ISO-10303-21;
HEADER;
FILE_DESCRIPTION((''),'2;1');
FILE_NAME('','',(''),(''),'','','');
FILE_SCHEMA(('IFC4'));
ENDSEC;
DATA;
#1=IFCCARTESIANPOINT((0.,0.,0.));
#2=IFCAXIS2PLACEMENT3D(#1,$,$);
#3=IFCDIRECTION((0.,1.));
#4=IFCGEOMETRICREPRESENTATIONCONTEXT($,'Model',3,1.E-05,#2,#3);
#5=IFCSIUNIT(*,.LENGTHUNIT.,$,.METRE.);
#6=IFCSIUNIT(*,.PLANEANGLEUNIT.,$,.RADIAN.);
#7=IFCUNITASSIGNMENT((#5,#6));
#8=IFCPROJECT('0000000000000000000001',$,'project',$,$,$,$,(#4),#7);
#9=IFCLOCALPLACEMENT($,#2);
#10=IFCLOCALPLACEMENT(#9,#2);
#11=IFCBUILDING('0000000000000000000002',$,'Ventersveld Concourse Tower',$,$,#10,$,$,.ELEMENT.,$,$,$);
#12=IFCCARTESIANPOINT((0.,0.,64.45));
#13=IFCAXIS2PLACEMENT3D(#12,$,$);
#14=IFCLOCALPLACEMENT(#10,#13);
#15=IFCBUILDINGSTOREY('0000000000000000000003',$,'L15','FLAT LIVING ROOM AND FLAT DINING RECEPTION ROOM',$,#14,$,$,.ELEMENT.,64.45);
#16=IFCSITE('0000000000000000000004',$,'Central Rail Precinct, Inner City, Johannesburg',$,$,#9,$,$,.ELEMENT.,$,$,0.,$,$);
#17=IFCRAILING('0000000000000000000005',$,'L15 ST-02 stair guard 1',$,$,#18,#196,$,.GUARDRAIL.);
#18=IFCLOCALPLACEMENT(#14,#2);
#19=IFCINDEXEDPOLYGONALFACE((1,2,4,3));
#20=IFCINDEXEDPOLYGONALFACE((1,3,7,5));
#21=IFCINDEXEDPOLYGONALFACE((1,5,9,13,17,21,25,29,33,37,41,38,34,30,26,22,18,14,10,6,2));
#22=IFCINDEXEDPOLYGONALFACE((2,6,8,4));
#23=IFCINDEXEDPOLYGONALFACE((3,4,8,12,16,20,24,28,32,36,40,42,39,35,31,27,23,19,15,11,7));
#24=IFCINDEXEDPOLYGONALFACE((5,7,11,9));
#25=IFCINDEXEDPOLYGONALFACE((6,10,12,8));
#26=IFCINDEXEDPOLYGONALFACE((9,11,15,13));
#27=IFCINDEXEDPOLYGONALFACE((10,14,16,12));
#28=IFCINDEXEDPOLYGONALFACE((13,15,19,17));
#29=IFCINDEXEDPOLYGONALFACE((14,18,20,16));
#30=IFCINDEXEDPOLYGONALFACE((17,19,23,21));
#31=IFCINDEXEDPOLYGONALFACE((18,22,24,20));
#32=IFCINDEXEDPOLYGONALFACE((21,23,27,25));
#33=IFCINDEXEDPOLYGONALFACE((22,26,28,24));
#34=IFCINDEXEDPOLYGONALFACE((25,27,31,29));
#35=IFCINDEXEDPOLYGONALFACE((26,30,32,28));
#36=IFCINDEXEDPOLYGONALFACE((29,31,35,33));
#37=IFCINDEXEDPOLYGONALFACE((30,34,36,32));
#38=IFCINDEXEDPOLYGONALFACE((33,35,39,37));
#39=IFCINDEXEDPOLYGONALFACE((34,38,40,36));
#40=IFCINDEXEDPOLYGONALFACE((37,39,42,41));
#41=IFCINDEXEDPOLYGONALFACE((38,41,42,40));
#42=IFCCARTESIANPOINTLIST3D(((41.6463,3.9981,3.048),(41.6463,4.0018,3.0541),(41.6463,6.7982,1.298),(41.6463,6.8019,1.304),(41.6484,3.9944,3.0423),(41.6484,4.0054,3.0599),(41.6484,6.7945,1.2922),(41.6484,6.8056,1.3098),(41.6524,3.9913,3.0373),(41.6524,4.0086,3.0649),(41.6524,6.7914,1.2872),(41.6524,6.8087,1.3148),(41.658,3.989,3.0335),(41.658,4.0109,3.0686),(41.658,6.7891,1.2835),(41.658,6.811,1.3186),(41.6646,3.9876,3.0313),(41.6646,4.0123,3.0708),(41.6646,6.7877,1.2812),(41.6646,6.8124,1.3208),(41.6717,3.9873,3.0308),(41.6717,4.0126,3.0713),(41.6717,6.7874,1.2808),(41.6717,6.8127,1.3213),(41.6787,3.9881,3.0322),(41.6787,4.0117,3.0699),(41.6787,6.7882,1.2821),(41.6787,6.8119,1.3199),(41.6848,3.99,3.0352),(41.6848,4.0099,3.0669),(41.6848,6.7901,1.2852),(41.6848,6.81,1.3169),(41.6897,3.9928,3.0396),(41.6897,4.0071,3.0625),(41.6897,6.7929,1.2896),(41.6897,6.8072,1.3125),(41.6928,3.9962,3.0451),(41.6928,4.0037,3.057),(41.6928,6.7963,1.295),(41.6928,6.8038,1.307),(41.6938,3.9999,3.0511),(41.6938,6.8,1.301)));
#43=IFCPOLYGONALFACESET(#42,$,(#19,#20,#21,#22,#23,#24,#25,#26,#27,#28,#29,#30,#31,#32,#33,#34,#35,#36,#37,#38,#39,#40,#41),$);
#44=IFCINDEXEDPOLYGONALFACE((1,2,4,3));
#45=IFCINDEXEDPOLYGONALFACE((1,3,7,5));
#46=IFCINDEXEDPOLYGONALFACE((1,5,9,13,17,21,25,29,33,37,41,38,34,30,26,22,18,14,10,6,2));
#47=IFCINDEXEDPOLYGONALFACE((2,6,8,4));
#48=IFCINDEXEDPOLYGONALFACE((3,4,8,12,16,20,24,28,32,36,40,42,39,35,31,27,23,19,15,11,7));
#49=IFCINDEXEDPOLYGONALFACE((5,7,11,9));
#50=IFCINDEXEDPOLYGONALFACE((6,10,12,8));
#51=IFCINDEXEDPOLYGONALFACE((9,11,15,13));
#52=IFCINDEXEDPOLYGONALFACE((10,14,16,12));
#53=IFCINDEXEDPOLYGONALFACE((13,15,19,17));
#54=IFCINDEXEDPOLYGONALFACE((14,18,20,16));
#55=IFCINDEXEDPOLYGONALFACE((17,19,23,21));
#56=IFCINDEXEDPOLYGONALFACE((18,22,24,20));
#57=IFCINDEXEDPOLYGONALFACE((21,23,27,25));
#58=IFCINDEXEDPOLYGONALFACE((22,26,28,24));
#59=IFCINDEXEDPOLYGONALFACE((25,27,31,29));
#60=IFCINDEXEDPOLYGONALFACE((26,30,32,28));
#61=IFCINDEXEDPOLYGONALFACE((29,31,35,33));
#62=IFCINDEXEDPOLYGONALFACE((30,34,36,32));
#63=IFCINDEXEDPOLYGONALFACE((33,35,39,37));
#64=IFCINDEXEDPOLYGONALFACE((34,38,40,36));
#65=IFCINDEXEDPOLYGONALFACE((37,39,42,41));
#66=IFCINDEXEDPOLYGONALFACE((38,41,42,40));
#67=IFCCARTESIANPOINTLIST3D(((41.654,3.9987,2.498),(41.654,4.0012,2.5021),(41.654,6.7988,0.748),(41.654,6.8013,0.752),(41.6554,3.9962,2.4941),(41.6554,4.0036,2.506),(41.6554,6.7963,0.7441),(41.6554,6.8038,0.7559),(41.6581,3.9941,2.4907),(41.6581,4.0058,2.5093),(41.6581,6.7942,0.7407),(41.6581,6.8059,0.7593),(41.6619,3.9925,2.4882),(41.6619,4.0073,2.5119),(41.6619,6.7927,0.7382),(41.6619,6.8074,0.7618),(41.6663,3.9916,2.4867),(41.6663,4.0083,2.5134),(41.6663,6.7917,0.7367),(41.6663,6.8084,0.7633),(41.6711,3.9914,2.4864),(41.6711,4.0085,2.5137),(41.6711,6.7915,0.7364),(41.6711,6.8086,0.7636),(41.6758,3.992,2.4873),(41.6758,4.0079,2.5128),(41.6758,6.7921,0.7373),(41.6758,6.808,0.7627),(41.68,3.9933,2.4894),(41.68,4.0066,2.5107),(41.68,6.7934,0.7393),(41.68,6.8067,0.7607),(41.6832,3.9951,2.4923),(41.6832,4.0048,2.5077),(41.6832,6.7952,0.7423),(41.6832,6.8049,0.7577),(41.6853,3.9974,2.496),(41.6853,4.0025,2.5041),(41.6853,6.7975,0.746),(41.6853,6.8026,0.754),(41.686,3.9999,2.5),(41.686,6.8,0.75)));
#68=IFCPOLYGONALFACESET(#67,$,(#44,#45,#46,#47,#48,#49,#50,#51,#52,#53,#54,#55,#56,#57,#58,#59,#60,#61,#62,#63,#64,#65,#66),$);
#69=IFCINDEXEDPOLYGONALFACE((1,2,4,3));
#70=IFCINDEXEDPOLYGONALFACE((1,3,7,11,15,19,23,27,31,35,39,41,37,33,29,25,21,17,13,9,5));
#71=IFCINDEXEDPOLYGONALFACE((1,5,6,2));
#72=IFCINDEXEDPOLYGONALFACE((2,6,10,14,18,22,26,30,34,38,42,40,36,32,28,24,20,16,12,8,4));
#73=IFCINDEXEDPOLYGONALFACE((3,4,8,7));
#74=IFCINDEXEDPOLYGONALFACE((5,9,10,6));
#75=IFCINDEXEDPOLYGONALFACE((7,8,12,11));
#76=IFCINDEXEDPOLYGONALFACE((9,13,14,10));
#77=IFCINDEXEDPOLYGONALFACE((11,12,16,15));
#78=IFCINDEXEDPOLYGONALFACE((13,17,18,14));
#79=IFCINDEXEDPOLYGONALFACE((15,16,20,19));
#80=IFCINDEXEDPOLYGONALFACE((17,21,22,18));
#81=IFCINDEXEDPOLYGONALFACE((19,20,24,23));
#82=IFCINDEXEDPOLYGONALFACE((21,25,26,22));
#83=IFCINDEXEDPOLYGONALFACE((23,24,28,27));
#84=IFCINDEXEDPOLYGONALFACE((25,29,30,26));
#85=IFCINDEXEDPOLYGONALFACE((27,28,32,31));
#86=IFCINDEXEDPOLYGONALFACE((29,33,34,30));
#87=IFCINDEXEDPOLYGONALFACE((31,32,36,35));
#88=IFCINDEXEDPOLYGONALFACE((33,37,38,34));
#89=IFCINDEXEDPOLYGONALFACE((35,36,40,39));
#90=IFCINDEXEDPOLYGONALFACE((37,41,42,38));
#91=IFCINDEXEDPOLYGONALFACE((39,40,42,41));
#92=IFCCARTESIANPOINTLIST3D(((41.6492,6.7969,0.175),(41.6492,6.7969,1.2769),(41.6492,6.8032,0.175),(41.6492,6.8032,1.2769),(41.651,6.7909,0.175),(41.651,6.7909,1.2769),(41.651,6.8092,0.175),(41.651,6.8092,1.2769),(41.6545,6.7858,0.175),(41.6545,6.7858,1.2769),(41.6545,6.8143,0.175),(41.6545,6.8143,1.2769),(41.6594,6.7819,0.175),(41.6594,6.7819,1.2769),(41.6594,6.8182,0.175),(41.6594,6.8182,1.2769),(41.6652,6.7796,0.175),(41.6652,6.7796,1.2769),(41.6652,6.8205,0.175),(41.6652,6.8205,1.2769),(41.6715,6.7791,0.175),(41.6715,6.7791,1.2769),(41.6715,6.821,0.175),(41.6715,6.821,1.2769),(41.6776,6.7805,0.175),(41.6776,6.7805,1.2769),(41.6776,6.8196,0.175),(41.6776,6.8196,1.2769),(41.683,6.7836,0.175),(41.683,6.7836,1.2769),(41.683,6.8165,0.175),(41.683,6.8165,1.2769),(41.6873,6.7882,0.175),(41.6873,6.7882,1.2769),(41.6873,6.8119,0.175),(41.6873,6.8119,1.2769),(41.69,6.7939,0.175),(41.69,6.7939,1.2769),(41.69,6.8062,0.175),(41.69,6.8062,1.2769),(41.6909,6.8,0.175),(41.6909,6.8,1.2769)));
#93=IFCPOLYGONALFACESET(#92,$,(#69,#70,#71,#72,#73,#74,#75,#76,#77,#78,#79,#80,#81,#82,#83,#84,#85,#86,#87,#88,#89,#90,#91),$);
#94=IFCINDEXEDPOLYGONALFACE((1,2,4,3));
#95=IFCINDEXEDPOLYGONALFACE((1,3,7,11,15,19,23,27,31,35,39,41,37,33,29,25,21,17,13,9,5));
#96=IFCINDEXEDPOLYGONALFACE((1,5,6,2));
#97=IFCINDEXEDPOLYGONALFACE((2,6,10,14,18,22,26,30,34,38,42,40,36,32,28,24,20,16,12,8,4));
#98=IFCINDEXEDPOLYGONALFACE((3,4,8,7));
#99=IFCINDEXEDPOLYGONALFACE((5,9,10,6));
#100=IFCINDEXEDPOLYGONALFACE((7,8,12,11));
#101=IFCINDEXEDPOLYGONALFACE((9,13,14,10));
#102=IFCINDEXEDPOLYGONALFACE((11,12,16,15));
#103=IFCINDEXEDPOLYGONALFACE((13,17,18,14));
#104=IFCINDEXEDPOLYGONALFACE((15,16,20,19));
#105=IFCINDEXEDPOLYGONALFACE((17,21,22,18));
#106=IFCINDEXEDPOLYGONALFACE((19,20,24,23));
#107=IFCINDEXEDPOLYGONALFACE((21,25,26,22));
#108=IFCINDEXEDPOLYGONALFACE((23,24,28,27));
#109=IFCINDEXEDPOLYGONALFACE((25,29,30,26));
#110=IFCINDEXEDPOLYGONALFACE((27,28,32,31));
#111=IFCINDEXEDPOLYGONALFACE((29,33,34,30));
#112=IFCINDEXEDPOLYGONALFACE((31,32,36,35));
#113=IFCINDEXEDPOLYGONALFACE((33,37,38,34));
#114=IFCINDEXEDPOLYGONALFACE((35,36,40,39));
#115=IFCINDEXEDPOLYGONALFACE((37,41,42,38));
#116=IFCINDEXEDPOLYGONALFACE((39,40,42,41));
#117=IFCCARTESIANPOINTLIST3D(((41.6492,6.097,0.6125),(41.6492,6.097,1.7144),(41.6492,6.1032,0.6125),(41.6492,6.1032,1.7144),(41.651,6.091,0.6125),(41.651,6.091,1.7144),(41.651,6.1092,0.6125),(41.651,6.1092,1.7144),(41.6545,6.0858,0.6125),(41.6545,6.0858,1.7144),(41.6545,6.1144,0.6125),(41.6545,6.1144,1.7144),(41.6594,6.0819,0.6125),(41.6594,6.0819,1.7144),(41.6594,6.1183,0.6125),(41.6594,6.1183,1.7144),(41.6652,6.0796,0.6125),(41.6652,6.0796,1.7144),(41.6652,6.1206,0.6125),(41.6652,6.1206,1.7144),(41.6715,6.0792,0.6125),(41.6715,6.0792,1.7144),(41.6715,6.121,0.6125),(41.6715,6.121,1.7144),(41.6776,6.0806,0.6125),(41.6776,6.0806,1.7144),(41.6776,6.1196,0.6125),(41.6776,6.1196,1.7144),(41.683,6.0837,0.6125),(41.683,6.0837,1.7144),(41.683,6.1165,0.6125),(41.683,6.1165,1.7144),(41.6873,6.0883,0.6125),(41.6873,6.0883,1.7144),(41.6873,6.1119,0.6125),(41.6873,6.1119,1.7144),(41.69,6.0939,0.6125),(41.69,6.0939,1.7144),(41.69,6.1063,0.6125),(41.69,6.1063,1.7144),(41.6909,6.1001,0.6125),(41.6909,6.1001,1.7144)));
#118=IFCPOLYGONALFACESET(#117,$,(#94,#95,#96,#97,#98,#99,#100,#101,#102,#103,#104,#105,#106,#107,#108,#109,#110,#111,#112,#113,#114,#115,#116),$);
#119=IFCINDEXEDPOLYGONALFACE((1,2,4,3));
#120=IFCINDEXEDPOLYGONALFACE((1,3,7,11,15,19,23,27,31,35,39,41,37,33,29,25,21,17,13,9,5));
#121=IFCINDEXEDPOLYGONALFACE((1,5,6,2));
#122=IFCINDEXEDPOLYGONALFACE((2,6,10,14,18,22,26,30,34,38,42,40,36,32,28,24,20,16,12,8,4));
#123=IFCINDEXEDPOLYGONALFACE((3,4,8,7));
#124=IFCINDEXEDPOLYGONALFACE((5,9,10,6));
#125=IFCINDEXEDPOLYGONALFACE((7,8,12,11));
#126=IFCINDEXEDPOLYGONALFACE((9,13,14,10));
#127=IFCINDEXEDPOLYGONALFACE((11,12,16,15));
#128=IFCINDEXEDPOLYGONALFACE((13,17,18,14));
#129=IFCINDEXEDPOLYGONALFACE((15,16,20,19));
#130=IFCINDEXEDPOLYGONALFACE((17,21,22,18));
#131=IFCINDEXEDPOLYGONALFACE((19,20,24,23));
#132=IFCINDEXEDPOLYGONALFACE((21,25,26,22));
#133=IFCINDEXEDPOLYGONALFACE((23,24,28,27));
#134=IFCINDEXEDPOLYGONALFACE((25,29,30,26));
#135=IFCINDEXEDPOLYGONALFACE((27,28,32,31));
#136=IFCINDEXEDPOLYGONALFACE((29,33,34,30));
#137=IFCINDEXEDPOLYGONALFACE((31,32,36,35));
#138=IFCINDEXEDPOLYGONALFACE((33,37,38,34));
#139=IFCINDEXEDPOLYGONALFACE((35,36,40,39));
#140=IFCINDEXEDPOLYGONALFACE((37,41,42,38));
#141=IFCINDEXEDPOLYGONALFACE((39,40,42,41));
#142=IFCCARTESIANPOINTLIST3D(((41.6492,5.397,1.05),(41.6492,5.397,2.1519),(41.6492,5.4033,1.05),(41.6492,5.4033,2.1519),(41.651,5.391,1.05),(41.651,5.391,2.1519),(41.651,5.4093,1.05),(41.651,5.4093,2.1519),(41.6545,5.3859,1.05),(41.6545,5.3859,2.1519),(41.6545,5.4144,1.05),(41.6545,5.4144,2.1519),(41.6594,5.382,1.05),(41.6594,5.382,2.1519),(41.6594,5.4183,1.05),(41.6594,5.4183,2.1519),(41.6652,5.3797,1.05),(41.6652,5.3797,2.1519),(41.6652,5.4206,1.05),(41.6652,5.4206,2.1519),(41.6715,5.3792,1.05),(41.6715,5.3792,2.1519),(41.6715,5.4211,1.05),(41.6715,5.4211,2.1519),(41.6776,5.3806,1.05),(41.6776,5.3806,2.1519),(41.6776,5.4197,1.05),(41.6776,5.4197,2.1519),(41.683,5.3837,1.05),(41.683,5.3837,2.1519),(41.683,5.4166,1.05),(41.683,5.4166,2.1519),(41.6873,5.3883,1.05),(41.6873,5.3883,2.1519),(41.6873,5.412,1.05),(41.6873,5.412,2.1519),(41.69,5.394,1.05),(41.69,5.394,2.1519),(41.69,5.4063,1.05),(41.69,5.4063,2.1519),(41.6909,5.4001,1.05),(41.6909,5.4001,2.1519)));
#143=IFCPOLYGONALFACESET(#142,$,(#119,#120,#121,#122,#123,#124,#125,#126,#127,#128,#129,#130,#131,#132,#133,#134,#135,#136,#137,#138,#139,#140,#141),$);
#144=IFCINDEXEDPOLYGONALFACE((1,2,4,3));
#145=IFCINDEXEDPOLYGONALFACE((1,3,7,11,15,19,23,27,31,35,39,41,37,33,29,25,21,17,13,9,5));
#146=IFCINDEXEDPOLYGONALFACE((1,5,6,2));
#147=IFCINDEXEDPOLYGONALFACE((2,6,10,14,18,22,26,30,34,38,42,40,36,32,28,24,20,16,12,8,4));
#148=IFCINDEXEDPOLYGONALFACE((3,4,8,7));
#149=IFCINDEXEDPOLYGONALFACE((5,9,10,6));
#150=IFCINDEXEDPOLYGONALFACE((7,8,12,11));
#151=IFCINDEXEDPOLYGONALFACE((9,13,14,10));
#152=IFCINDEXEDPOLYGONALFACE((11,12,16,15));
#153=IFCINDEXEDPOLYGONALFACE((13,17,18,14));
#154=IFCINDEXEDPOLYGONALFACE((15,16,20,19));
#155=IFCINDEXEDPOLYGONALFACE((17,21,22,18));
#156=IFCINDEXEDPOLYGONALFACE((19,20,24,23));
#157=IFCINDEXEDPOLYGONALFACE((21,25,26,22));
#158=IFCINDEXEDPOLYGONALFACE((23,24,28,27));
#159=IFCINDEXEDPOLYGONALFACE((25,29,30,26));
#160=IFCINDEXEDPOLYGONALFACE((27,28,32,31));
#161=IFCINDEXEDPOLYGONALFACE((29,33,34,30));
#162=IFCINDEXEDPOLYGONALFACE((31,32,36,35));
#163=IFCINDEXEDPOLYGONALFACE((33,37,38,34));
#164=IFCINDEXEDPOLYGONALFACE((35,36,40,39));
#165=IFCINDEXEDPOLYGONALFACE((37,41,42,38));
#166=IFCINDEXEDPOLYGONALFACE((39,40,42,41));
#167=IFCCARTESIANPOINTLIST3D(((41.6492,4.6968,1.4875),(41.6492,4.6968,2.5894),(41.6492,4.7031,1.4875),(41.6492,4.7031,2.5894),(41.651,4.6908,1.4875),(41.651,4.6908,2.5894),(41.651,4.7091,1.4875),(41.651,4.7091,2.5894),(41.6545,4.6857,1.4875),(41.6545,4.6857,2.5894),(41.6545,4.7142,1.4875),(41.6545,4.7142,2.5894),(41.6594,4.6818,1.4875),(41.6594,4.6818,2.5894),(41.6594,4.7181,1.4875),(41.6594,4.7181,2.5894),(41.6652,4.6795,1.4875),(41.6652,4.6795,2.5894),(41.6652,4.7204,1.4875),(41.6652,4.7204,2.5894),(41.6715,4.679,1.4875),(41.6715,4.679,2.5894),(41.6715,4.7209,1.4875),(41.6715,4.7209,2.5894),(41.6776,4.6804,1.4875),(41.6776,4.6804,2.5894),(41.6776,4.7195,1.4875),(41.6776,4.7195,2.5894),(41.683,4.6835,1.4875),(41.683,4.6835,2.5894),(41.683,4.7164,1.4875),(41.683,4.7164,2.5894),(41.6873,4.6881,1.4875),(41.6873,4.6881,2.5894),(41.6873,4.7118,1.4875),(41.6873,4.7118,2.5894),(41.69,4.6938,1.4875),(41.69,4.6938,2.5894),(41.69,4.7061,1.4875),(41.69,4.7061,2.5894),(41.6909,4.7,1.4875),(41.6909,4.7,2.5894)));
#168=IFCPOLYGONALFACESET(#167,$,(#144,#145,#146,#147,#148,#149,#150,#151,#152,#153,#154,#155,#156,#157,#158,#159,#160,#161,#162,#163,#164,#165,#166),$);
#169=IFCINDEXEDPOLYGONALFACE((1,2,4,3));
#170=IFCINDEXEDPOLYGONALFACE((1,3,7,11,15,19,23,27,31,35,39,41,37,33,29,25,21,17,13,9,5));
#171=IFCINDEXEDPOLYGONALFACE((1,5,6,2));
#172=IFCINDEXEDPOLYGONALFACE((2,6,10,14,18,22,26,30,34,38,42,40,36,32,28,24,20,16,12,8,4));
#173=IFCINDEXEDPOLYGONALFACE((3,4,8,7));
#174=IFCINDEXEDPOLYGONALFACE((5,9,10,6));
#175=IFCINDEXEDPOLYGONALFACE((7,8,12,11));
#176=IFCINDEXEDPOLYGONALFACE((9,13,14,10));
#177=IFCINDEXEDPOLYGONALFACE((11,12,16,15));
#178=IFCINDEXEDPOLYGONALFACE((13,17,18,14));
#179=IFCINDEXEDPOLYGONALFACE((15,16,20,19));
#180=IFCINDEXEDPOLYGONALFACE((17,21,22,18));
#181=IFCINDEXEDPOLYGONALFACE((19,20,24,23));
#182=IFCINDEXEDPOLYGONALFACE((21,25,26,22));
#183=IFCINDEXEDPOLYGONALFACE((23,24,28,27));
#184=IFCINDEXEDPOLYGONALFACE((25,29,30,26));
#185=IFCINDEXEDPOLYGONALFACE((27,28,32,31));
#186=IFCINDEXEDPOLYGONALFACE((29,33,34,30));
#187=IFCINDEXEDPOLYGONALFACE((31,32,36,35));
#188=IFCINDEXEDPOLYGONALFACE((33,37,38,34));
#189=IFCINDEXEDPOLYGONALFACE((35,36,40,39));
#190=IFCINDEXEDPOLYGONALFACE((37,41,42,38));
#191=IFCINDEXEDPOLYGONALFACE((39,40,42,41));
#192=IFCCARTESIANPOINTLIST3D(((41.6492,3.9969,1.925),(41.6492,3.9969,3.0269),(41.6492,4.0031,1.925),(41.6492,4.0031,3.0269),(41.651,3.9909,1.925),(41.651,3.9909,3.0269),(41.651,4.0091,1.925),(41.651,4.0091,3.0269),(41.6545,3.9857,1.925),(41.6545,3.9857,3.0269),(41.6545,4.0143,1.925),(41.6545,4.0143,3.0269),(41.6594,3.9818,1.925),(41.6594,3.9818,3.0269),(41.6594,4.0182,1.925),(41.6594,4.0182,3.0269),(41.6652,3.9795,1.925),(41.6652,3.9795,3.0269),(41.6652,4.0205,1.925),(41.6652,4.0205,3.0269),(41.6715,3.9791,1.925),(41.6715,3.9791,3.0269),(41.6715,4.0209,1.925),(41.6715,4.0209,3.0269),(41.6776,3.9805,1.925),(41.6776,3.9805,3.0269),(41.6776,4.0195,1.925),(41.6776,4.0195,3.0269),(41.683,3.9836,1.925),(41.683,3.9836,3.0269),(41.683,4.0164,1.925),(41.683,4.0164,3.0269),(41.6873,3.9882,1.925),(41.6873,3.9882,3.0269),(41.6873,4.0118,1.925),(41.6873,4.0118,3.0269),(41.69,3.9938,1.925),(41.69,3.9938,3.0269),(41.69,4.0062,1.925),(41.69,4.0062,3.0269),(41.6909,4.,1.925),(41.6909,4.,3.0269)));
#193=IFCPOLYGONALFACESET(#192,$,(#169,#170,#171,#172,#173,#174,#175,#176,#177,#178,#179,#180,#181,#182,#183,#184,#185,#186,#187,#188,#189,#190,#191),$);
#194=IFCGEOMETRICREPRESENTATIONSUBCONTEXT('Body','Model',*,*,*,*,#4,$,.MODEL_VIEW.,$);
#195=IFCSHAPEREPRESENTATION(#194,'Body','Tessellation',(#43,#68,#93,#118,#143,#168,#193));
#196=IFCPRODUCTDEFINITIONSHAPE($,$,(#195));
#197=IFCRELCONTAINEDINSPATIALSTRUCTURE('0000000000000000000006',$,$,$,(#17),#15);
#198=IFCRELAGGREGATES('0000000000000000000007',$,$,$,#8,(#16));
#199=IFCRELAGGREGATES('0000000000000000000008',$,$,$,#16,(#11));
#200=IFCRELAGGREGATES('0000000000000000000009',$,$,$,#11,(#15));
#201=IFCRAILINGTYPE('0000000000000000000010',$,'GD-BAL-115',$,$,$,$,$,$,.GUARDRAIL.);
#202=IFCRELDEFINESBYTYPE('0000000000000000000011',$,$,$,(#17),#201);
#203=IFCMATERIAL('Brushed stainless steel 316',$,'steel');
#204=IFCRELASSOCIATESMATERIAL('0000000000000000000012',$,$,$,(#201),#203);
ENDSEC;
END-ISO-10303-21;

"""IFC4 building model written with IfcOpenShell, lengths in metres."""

from ifc_helpers import new_model, si_unit, direction, frame, origin, origin_2d, place, context, subcontext, project, spatial, circle, extrude, material, type_object, element, save


model = new_model("IFC4")

# Units and contexts
model_context = context("Model", 3, precision=1e-05, world=origin(), true_north=direction((0.0, 1.0)))
body_context = subcontext(model_context, "Body", "Model", "MODEL_VIEW")
ifc_project = project(units=[si_unit("LENGTHUNIT", "METRE"), si_unit("PLANEANGLEUNIT", "RADIAN")], contexts=[model_context])

# Site, building, storey
site_placement = place(None, origin())
site = spatial("IfcSite", under=ifc_project, at=site_placement, Name="Central Rail Precinct, Inner City, Johannesburg", CompositionType="ELEMENT", RefElevation=0.0)
building_placement = place(site_placement, origin())
building = spatial("IfcBuilding", under=site, at=building_placement, Name="Ventersveld Concourse Tower", CompositionType="ELEMENT")
storey_placement = place(building_placement, frame((0.0, 0.0, 64.45)))
storey = spatial("IfcBuildingStorey", under=building, at=storey_placement, Name="L15", Description="FLAT LIVING ROOM AND FLAT DINING RECEPTION ROOM", CompositionType="ELEMENT", Elevation=64.45)

# Railing
ifc_material_1 = material(Name="Brushed stainless steel 316", Category="steel")
railing_type = type_object("IfcRailingType", Name="GD-BAL-115", PredefinedType="GUARDRAIL", material=ifc_material_1)
railing_1_placement = place(storey_placement, frame((41.6699, 6.8, 0.175)))
element("IfcRailing", 1, at=railing_1_placement, inside=storey, type_object=railing_type, Name="L15 ST-02 stair guard 1", PredefinedType="GUARDRAIL", context=body_context, shape_type="SweptSolid", body=[
    extrude(circle(Radius=0.0239, at=origin_2d()), frame((0.0, 0.0, 1.126), z_axis=(0.0, -0.848002, 0.529992), x_axis=(1.0, 0.0, 0.0)), (0.0, 0.0, 1.0), 3.302),
    extrude(circle(Radius=0.0161, at=origin_2d()), frame((0.0, 0.0, 0.575), z_axis=(0.0, -0.848002, 0.529992), x_axis=(1.0, 0.0, 0.0)), (0.0, 0.0, 1.0), 3.302),
    extrude(circle(Radius=0.021, at=origin_2d()), origin(), (0.0, 0.0, 1.0), 1.1018),
    extrude(circle(Radius=0.021, at=origin_2d()), frame((0.0, -0.7, 0.4375)), (0.0, 0.0, 1.0), 1.1018),
    extrude(circle(Radius=0.021, at=origin_2d()), frame((0.0, -1.3999, 0.875)), (0.0, 0.0, 1.0), 1.1018),
    extrude(circle(Radius=0.021, at=origin_2d()), frame((0.0, -2.1001, 1.3125)), (0.0, 0.0, 1.0), 1.1018),
    extrude(circle(Radius=0.021, at=origin_2d()), frame((0.0, -2.8, 1.75)), (0.0, 0.0, 1.0), 1.1018),
])

save(model, "model.ifc")
